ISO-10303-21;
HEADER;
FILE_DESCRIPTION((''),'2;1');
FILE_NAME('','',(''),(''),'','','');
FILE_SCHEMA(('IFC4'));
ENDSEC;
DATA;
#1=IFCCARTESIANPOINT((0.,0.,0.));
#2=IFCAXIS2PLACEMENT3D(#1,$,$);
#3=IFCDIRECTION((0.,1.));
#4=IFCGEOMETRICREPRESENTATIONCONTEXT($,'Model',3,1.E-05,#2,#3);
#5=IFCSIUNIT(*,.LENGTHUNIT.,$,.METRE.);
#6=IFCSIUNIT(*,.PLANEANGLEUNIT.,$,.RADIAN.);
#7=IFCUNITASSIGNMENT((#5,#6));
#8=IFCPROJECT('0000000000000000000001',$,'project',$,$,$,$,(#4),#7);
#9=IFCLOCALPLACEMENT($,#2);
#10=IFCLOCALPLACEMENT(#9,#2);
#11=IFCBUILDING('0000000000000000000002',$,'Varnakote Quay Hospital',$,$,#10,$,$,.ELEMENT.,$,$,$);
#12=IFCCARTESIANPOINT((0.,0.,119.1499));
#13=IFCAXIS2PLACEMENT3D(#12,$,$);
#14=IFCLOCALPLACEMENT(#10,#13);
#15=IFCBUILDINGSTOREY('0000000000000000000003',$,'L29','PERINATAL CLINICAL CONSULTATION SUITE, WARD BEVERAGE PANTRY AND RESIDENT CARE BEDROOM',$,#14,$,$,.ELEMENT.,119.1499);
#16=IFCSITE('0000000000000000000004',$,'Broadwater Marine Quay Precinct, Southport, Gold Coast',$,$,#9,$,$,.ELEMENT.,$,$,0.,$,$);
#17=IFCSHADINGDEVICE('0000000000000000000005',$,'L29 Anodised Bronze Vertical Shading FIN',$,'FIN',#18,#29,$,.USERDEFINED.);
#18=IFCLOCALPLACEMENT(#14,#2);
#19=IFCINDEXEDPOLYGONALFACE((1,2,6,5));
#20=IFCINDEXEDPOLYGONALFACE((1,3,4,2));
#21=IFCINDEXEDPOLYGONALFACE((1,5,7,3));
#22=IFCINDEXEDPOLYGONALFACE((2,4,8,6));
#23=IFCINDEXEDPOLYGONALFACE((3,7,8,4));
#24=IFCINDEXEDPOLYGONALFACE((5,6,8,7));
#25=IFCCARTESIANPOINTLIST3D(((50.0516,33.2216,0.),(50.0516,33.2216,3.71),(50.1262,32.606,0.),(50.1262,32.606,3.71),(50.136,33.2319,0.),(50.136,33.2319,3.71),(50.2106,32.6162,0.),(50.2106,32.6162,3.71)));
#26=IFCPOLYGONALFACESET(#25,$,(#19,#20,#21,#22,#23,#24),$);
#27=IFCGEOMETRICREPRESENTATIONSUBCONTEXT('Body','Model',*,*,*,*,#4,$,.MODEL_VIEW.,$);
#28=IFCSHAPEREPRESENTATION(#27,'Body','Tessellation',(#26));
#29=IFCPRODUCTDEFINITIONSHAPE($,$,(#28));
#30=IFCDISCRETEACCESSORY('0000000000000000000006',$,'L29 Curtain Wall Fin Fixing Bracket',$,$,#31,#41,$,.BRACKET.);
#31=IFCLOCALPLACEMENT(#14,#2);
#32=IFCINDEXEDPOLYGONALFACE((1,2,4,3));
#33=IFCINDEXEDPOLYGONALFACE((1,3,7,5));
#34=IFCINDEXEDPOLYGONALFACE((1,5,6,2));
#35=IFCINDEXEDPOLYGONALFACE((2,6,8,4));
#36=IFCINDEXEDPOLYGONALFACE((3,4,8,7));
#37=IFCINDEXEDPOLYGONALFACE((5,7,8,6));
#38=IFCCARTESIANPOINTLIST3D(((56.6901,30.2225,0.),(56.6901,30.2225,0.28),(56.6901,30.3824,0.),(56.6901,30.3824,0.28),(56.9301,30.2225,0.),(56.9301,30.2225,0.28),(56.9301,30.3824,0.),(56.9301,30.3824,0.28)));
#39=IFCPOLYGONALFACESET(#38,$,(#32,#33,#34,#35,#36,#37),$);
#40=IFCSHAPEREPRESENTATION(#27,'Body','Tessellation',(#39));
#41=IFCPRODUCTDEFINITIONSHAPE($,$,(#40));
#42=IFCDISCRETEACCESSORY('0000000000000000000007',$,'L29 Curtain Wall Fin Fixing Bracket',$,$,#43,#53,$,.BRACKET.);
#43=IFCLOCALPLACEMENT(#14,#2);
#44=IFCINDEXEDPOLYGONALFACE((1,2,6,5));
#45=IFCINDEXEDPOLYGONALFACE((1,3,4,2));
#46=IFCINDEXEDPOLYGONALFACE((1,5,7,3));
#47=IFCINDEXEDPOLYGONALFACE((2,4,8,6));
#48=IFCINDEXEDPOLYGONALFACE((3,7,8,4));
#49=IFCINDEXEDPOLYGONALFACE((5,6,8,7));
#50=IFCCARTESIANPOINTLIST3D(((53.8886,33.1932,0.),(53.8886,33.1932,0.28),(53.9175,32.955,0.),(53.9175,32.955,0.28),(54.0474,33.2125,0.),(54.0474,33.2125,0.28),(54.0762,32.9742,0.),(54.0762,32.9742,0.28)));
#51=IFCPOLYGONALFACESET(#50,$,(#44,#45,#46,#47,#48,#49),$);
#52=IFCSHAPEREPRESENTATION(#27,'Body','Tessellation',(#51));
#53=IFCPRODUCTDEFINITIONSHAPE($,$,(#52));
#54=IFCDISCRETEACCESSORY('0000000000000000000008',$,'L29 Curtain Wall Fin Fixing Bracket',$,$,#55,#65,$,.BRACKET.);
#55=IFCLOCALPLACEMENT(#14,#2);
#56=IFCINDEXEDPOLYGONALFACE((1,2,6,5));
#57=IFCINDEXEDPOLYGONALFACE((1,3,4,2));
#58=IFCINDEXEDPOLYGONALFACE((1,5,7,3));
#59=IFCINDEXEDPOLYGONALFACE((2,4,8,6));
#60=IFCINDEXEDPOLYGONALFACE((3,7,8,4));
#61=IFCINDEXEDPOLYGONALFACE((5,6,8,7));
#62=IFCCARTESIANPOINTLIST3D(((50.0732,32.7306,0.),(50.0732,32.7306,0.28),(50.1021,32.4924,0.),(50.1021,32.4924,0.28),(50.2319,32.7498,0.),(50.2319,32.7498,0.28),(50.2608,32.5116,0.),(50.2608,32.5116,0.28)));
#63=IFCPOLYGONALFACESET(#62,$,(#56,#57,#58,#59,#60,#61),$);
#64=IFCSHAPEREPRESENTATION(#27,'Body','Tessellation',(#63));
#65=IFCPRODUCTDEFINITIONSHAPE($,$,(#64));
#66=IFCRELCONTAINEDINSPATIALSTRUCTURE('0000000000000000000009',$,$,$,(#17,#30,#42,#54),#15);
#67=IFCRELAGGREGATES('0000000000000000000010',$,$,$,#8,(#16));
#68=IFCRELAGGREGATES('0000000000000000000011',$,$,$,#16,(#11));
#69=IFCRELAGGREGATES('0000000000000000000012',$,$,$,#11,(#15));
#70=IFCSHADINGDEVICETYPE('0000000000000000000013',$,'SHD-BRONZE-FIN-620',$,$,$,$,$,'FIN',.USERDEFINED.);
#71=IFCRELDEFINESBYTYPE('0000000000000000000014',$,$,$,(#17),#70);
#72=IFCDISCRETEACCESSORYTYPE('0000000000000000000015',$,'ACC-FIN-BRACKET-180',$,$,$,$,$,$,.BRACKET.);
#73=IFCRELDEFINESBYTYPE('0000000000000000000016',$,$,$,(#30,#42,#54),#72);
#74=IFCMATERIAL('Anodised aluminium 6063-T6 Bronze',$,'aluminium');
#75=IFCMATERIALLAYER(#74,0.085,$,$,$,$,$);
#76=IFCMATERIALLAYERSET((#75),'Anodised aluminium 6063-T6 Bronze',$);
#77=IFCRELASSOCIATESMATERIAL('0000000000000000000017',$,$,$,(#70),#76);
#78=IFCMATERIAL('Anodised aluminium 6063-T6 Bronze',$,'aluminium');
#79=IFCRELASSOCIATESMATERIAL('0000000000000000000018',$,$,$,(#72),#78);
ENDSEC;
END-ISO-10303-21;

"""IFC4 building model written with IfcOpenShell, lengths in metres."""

from ifc_helpers import new_model, si_unit, direction, frame, origin, origin_2d, place, context, subcontext, project, spatial, rectangle, extrude, material, layer, layer_set, type_object, element, save


model = new_model("IFC4")

# Units and contexts
model_context = context("Model", 3, precision=1e-05, world=origin(), true_north=direction((0.0, 1.0)))
body_context = subcontext(model_context, "Body", "Model", "MODEL_VIEW")
ifc_project = project(units=[si_unit("LENGTHUNIT", "METRE"), si_unit("PLANEANGLEUNIT", "RADIAN")], contexts=[model_context])

# Site, building, storey
site_placement = place(None, origin())
site = spatial("IfcSite", under=ifc_project, at=site_placement, Name="Broadwater Marine Quay Precinct, Southport, Gold Coast", CompositionType="ELEMENT", RefElevation=0.0)
building_placement = place(site_placement, origin())
building = spatial("IfcBuilding", under=site, at=building_placement, Name="Varnakote Quay Hospital", CompositionType="ELEMENT")
storey_placement = place(building_placement, frame((0.0, 0.0, 119.1499)))
storey = spatial("IfcBuildingStorey", under=building, at=storey_placement, Name="L29", Description="PERINATAL CLINICAL CONSULTATION SUITE, WARD BEVERAGE PANTRY AND RESIDENT CARE BEDROOM", CompositionType="ELEMENT", Elevation=119.1499)

# Shading device
ifc_material_1 = material(Name="Anodised aluminium 6063-T6 Bronze", Category="aluminium")
ifc_layer_1 = layer(ifc_material_1, 0.085)
ifc_layer_set_1 = layer_set([ifc_layer_1], Name="Anodised aluminium 6063-T6 Bronze")
shading_device_type = type_object("IfcShadingDeviceType", Name="SHD-BRONZE-FIN-620", ElementType="FIN", PredefinedType="USERDEFINED", material=ifc_layer_set_1)
for number, where, z_axis, x_axis, name in (
    (1, (50.1311, 32.9189, 0.0), (0.0, 0.0, 1.0), (0.12031, -0.992736, 0.0), "L29 Anodised Bronze Vertical Shading FIN"),
):
    element("IfcShadingDevice", number, at=place(storey_placement, frame(where, z_axis=z_axis, x_axis=x_axis)), inside=storey, type_object=shading_device_type, Name=name, ObjectType="FIN", PredefinedType="USERDEFINED", context=body_context, shape_type="SweptSolid", body=[
        extrude(rectangle(XDim=0.6201, YDim=0.085, at=origin_2d()), origin(), (0.0, 0.0, 1.0), 3.71),
    ])

# Discrete accessories
ifc_material_2 = material(Name="Anodised aluminium 6063-T6 Bronze", Category="aluminium")
discrete_accessory_type = type_object("IfcDiscreteAccessoryType", Name="ACC-FIN-BRACKET-180", PredefinedType="BRACKET", material=ifc_material_2)
for number, where, z_axis, x_axis, name in (
    (2, (56.8101, 30.3025, 0.0), (0.0, 0.0, 1.0), (0.0, 1.0, 0.0), "L29 Curtain Wall Fin Fixing Bracket"),
    (3, (53.9824, 33.0837, 0.0), (0.0, 0.0, 1.0), (-0.992736, -0.12031, 0.0), "L29 Curtain Wall Fin Fixing Bracket"),
    (4, (50.167, 32.6211, 0.0), (0.0, 0.0, 1.0), (-0.992736, -0.12031, 0.0), "L29 Curtain Wall Fin Fixing Bracket"),
):
    element("IfcDiscreteAccessory", number, at=place(storey_placement, frame(where, z_axis=z_axis, x_axis=x_axis)), inside=storey, type_object=discrete_accessory_type, Name=name, PredefinedType="BRACKET", context=body_context, shape_type="SweptSolid", body=[
        extrude(rectangle(XDim=0.1599, YDim=0.24, at=origin_2d()), origin(), (0.0, 0.0, 1.0), 0.28),
    ])

save(model, "model.ifc")
